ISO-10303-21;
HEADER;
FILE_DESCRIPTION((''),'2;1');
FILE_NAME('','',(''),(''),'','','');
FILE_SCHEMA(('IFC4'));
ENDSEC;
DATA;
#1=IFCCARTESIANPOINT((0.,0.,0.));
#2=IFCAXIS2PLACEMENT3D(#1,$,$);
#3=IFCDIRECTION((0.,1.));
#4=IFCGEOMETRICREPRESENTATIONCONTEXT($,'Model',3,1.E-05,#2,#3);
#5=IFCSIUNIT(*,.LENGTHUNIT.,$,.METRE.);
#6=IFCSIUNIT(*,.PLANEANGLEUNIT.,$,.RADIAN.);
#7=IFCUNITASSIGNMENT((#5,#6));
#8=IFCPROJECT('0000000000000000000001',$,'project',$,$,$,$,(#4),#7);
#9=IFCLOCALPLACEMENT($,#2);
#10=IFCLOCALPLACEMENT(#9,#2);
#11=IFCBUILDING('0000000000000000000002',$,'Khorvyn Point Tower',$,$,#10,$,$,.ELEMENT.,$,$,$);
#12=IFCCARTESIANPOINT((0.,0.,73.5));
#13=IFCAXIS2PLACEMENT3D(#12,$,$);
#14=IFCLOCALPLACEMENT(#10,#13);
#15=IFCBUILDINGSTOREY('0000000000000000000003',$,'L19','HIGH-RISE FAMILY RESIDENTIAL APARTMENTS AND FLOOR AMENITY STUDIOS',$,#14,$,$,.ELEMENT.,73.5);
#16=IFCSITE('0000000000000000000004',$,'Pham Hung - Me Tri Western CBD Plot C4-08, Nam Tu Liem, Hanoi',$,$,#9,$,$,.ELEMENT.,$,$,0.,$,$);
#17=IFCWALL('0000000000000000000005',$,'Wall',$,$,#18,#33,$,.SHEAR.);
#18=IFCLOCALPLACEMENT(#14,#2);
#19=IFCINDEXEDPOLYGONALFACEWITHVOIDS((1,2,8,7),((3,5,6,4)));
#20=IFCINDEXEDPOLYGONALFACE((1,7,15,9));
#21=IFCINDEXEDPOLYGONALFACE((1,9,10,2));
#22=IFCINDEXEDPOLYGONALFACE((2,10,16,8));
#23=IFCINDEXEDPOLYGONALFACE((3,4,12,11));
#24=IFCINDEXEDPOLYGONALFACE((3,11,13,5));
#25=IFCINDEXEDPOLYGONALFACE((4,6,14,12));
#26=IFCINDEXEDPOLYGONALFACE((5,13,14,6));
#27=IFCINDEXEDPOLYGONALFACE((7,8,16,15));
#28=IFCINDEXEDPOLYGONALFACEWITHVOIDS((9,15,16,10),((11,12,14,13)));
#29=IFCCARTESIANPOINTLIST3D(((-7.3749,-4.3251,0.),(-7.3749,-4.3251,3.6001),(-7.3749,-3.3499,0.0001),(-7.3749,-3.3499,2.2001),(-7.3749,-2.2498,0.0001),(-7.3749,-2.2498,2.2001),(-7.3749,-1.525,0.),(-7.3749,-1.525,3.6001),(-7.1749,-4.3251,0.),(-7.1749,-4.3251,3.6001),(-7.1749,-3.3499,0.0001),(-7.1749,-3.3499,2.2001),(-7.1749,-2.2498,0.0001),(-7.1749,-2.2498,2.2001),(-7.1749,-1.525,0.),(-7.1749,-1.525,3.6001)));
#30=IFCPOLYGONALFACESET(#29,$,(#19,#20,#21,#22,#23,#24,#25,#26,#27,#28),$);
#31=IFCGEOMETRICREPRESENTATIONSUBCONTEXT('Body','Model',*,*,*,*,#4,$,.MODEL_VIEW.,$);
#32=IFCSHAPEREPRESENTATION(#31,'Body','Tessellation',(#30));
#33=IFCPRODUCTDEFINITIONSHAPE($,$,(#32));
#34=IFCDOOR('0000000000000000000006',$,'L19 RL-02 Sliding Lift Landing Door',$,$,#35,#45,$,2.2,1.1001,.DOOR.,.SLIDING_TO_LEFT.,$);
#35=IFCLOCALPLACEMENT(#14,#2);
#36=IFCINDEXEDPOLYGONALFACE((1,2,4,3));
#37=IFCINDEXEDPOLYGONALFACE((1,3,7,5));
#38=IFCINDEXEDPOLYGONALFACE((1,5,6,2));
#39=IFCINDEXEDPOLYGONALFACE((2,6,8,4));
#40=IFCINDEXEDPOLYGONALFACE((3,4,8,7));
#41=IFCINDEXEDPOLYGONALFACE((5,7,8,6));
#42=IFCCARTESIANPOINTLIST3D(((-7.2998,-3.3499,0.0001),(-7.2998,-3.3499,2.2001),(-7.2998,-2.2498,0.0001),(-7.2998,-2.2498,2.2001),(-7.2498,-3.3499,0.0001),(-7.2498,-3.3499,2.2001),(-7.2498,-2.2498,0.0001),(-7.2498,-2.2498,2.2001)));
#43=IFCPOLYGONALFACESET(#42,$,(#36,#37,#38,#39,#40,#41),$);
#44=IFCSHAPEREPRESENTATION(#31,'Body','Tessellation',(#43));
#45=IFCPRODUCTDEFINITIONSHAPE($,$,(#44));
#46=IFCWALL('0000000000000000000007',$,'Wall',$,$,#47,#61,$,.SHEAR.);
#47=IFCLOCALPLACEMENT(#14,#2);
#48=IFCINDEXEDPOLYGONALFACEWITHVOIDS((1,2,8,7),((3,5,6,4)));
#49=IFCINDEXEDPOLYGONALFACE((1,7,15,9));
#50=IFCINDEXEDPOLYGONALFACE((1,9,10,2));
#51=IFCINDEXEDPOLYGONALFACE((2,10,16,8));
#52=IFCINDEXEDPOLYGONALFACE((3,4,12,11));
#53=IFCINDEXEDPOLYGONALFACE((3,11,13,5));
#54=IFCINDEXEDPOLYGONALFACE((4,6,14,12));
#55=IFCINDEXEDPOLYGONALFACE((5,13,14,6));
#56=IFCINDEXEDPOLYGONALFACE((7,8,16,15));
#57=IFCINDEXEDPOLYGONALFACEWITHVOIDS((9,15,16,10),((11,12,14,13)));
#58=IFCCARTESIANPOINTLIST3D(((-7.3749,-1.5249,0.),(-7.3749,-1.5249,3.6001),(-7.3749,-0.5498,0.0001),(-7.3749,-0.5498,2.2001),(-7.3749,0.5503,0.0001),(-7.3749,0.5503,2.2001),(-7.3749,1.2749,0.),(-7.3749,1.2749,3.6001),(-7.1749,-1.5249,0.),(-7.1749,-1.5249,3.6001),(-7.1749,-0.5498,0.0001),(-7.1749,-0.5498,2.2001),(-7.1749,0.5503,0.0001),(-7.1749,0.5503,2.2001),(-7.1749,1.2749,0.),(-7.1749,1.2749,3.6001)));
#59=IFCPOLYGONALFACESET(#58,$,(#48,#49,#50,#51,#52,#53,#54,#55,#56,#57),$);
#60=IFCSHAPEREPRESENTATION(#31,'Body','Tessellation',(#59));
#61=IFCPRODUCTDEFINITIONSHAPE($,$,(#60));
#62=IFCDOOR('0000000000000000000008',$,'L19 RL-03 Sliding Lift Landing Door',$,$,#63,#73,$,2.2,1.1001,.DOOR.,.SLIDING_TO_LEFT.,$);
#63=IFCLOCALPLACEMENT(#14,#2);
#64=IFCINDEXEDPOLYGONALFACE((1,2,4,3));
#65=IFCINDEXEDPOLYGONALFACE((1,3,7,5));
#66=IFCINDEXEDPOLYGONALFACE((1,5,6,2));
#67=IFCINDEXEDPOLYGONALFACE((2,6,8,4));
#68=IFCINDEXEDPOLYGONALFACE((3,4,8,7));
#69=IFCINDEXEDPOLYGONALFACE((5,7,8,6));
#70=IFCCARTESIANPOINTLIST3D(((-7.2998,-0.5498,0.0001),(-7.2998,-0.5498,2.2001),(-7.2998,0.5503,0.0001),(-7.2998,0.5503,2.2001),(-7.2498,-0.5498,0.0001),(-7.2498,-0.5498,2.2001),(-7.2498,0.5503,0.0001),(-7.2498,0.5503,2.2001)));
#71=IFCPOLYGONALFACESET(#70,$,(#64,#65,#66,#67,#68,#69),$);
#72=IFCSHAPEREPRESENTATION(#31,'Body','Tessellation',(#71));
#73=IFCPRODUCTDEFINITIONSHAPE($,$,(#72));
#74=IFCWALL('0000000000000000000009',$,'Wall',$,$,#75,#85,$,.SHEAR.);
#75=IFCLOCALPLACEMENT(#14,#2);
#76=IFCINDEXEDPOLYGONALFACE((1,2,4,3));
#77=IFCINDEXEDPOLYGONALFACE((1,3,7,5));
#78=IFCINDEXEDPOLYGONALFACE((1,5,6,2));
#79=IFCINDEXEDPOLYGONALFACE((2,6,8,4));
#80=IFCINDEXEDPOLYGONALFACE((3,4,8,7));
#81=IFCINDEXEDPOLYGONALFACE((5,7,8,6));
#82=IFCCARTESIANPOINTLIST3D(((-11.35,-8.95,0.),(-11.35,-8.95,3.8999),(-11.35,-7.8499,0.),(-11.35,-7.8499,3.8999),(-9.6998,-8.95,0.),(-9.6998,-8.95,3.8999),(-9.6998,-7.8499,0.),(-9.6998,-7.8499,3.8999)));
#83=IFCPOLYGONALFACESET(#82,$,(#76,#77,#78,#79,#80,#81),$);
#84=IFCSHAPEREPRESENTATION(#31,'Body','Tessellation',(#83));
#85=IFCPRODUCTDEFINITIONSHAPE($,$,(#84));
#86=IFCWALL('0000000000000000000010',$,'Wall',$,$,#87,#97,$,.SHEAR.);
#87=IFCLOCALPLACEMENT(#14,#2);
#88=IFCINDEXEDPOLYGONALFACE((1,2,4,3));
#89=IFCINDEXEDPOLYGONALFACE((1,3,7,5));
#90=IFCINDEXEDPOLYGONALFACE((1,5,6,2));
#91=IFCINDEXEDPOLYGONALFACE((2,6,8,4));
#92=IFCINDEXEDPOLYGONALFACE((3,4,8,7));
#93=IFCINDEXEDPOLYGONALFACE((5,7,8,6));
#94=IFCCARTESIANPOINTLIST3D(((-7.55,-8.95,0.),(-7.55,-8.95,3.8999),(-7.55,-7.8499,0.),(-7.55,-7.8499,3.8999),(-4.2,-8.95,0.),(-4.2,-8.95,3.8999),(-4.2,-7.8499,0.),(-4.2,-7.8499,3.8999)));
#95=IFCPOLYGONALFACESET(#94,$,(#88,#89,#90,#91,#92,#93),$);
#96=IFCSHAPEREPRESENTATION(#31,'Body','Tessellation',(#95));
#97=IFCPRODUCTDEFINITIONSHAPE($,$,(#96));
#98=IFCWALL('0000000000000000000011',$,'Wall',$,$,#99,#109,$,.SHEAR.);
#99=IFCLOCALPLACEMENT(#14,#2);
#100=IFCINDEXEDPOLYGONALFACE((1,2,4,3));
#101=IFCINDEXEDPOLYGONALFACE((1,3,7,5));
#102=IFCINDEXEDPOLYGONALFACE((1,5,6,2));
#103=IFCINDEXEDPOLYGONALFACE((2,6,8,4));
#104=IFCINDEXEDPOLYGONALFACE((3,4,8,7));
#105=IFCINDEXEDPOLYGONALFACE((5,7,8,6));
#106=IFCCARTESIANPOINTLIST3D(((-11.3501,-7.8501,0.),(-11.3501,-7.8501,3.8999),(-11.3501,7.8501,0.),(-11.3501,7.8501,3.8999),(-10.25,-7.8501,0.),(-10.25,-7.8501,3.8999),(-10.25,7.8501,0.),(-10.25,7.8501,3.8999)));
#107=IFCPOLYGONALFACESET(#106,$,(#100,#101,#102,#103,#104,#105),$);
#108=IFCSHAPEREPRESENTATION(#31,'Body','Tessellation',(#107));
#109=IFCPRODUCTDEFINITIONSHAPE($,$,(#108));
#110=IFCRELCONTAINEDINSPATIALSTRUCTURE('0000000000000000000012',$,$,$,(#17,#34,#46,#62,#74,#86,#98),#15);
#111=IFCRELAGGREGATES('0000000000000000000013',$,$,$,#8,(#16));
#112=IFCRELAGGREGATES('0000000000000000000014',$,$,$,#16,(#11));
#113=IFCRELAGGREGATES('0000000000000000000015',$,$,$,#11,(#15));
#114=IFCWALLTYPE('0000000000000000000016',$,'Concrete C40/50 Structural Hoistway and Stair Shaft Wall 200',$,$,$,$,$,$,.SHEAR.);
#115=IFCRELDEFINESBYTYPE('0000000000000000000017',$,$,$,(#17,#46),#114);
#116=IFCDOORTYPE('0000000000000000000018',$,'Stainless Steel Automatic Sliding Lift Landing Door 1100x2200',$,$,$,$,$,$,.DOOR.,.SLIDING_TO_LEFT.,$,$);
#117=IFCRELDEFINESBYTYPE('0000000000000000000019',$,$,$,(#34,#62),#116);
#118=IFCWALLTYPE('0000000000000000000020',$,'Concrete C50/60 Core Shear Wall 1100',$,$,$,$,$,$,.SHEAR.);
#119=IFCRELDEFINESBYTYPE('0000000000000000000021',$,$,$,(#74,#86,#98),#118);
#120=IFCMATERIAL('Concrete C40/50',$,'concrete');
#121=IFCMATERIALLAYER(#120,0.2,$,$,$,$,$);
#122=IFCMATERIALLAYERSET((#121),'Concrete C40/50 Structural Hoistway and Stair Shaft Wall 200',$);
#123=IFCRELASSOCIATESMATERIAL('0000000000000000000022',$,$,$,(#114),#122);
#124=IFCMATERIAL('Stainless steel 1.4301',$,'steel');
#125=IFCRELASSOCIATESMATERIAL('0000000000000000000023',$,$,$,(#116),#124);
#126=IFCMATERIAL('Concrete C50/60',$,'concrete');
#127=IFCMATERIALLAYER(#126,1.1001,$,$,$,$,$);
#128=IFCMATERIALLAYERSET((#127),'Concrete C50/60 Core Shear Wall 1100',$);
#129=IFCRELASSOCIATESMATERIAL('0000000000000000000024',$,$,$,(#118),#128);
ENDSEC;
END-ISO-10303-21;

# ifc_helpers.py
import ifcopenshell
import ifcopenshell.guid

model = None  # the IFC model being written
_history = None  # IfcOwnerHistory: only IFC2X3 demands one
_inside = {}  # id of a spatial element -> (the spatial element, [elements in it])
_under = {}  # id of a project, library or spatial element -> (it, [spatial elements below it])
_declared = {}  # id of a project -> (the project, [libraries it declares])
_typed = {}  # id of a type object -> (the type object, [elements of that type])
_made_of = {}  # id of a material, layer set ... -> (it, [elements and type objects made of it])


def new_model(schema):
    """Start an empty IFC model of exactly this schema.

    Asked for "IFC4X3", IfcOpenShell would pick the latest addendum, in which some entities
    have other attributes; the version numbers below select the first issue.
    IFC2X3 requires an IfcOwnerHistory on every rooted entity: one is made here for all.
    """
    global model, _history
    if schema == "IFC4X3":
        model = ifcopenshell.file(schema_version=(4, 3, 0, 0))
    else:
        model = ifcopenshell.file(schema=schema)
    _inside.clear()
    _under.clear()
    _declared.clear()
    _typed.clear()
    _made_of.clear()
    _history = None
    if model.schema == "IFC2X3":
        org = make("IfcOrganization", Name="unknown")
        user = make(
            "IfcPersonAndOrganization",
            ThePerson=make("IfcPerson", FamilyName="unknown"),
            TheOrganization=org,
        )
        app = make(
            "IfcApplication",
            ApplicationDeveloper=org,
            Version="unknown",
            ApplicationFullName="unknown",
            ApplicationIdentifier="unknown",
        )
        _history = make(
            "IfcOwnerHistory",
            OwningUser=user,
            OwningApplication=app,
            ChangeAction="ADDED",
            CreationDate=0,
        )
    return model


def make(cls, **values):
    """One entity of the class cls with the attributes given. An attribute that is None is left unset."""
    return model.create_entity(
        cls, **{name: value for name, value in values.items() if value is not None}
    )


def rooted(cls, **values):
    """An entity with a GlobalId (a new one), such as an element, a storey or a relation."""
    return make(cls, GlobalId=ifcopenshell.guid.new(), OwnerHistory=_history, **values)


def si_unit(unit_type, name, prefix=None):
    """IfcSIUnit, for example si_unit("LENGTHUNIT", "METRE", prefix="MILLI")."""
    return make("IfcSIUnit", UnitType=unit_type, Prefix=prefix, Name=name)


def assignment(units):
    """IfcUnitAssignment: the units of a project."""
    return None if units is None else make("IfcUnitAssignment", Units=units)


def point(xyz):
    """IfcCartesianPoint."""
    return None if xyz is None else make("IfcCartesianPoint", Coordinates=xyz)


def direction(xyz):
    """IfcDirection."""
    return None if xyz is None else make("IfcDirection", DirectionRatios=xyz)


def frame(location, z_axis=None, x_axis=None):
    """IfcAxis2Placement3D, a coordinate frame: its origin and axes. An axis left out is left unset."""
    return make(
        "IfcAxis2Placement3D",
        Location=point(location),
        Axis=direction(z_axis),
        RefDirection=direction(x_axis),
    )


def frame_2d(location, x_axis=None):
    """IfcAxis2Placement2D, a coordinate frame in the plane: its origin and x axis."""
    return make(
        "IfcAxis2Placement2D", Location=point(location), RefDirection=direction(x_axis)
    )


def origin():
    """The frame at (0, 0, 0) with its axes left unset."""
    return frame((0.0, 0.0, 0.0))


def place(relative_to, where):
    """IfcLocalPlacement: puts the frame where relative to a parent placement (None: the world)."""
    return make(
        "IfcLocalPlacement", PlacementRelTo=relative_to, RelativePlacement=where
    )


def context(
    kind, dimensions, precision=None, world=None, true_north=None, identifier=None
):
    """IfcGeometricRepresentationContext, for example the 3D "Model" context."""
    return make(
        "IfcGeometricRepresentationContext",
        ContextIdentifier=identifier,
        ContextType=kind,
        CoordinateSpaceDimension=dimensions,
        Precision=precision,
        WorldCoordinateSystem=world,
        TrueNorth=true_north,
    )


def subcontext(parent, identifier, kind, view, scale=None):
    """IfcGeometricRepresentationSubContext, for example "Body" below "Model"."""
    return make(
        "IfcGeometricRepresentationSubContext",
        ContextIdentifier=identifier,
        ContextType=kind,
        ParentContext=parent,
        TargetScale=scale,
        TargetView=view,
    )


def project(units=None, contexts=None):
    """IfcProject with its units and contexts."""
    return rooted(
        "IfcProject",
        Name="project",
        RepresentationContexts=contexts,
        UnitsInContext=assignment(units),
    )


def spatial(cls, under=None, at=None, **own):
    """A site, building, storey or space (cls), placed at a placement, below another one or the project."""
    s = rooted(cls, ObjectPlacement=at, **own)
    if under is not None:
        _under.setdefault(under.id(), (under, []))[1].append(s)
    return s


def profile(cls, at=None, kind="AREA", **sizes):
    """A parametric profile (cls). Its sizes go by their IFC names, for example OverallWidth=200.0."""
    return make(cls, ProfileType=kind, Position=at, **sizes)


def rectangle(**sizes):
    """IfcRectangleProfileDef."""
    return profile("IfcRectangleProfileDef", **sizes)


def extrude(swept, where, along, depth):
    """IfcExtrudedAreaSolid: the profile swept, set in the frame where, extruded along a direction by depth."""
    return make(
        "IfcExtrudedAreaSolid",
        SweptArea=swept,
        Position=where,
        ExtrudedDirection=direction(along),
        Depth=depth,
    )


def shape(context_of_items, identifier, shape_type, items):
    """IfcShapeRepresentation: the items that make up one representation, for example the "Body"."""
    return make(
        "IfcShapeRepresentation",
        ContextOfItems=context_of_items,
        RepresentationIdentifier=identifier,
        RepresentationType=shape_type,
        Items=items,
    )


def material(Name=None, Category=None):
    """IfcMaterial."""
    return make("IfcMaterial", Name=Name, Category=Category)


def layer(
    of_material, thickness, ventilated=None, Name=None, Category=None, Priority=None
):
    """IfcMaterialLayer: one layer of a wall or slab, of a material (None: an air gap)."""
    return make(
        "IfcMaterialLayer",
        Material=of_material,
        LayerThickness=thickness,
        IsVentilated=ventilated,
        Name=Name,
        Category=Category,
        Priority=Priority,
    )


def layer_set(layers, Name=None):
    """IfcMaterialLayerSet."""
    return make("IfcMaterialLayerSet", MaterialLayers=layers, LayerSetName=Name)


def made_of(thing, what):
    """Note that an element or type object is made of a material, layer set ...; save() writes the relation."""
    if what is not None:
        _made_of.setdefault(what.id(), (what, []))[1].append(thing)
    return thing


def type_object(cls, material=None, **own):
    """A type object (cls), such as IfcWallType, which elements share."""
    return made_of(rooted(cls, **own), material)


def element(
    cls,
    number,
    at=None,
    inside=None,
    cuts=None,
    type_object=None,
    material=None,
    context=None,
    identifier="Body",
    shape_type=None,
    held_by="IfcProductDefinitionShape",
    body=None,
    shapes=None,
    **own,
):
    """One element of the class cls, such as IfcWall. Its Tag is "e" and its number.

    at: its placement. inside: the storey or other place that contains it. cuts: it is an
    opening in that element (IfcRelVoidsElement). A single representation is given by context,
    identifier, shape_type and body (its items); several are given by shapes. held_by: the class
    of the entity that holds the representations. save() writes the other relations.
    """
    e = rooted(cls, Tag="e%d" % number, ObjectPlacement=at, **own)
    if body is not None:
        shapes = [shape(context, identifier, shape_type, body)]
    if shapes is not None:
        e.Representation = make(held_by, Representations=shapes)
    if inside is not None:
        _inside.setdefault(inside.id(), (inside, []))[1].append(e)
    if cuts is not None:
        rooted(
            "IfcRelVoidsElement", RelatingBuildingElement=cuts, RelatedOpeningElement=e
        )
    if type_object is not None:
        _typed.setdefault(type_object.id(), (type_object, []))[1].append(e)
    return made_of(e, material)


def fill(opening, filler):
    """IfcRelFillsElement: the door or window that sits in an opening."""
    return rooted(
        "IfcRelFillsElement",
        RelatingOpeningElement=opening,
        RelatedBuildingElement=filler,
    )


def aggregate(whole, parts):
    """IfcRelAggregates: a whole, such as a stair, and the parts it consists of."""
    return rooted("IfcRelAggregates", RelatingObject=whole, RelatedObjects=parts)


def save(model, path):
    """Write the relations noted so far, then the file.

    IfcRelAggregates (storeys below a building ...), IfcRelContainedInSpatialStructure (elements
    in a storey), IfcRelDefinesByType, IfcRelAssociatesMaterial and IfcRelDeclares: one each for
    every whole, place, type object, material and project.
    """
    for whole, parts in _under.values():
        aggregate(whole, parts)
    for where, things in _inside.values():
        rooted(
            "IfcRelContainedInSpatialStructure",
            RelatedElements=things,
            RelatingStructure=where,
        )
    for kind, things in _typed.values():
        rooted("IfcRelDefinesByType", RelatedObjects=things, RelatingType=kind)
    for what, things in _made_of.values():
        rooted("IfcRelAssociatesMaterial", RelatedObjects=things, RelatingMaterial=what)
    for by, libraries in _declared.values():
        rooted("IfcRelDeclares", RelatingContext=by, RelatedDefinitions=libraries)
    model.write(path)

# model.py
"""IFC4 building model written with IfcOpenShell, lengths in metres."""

from ifc_helpers import new_model, si_unit, direction, frame, frame_2d, origin, place, context, subcontext, project, spatial, rectangle, extrude, material, layer, layer_set, type_object, element, fill, save


model = new_model("IFC4")

# Units and contexts
model_context = context("Model", 3, precision=1e-05, world=origin(), true_north=direction((0.0, 1.0)))
body_context = subcontext(model_context, "Body", "Model", "MODEL_VIEW")
ifc_project = project(units=[si_unit("LENGTHUNIT", "METRE"), si_unit("PLANEANGLEUNIT", "RADIAN")], contexts=[model_context])

# Site, building, storey
site_placement = place(None, origin())
site = spatial("IfcSite", under=ifc_project, at=site_placement, Name="Pham Hung - Me Tri Western CBD Plot C4-08, Nam Tu Liem, Hanoi", CompositionType="ELEMENT", RefElevation=0.0)
building_placement = place(site_placement, origin())
building = spatial("IfcBuilding", under=site, at=building_placement, Name="Khorvyn Point Tower", CompositionType="ELEMENT")
storey_placement = place(building_placement, frame((0.0, 0.0, 73.5)))
storey = spatial("IfcBuildingStorey", under=building, at=storey_placement, Name="L19", Description="HIGH-RISE FAMILY RESIDENTIAL APARTMENTS AND FLOOR AMENITY STUDIOS", CompositionType="ELEMENT", Elevation=73.5)

# Shared definitions
ifc_material_1 = material(Name="Concrete C50/60", Category="concrete")

# Shared definitions
ifc_material_2 = material(Name="Concrete C40/50", Category="concrete")
ifc_layer_1 = layer(ifc_material_2, 0.2)
ifc_layer_set_1 = layer_set([ifc_layer_1], Name="Concrete C40/50 Structural Hoistway and Stair Shaft Wall 200")
wall_type_1 = type_object("IfcWallType", Name="Concrete C40/50 Structural Hoistway and Stair Shaft Wall 200", PredefinedType="SHEAR", material=ifc_layer_set_1)
ifc_material_3 = material(Name="Stainless steel 1.4301", Category="steel")
door_type_1 = type_object("IfcDoorType", Name="Stainless Steel Automatic Sliding Lift Landing Door 1100x2200", OperationType="SLIDING_TO_LEFT", PredefinedType="DOOR", material=ifc_material_3)

# Walls, openings, doors
wall_1_placement = place(storey_placement, frame((-7.2749, -4.325, 0.0), z_axis=(0.0, 0.0, 1.0), x_axis=(0.0, 1.0, 0.0)))
wall_1 = element("IfcWall", 1, at=wall_1_placement, inside=storey, type_object=wall_type_1, Name="Wall", PredefinedType="SHEAR", context=body_context, shape_type="SweptSolid", body=[
    extrude(rectangle(XDim=2.8, YDim=0.2, at=frame_2d((1.3999, 0.0))), origin(), (0.0, 0.0, 1.0), 3.6001),
])
opening_1_placement = place(wall_1_placement, frame((0.9751, 0.0, 0.0)))
opening_1 = element("IfcOpeningElement", 2, at=opening_1_placement, cuts=wall_1, PredefinedType="OPENING", context=body_context, shape_type="SweptSolid", body=[
    extrude(rectangle(XDim=1.1001, YDim=2.2, at=frame_2d((0.55, 1.1001))), frame((0.0, 0.1099, 0.0), z_axis=(0.0, -1.0, 0.0), x_axis=(1.0, 0.0, 0.0)), (0.0, 0.0, 1.0), 0.22),
])
door_1_placement = place(opening_1_placement, origin())
door_1 = element("IfcDoor", 3, at=door_1_placement, inside=storey, type_object=door_type_1, Name="L19 RL-02 Sliding Lift Landing Door", OperationType="SLIDING_TO_LEFT", OverallHeight=2.2, OverallWidth=1.1001, PredefinedType="DOOR", context=body_context, shape_type="SweptSolid", body=[
    extrude(rectangle(XDim=1.1001, YDim=2.2, at=frame_2d((0.55, 1.1001))), frame((0.0, 0.0249, 0.0), z_axis=(0.0, -1.0, 0.0), x_axis=(1.0, 0.0, 0.0)), (0.0, 0.0, 1.0), 0.05),
])
fill(opening_1, door_1)
wall_2_placement = place(storey_placement, frame((-7.2749, -1.5249, 0.0), z_axis=(0.0, 0.0, 1.0), x_axis=(0.0, 1.0, 0.0)))
wall_2 = element("IfcWall", 4, at=wall_2_placement, inside=storey, type_object=wall_type_1, Name="Wall", PredefinedType="SHEAR", context=body_context, shape_type="SweptSolid", body=[
    extrude(rectangle(XDim=2.7998, YDim=0.2, at=frame_2d((1.3999, 0.0))), origin(), (0.0, 0.0, 1.0), 3.6001),
])
opening_2_placement = place(wall_2_placement, frame((0.9751, 0.0, 0.0)))
opening_2 = element("IfcOpeningElement", 5, at=opening_2_placement, cuts=wall_2, PredefinedType="OPENING", context=body_context, shape_type="SweptSolid", body=[
    extrude(rectangle(XDim=1.1001, YDim=2.2, at=frame_2d((0.55, 1.1001))), frame((0.0, 0.1099, 0.0), z_axis=(0.0, -1.0, 0.0), x_axis=(1.0, 0.0, 0.0)), (0.0, 0.0, 1.0), 0.22),
])
door_2_placement = place(opening_2_placement, origin())
door_2 = element("IfcDoor", 6, at=door_2_placement, inside=storey, type_object=door_type_1, Name="L19 RL-03 Sliding Lift Landing Door", OperationType="SLIDING_TO_LEFT", OverallHeight=2.2, OverallWidth=1.1001, PredefinedType="DOOR", context=body_context, shape_type="SweptSolid", body=[
    extrude(rectangle(XDim=1.1001, YDim=2.2, at=frame_2d((0.55, 1.1001))), frame((0.0, 0.0249, 0.0), z_axis=(0.0, -1.0, 0.0), x_axis=(1.0, 0.0, 0.0)), (0.0, 0.0, 1.0), 0.05),
])
fill(opening_2, door_2)

# Walls
ifc_layer_2 = layer(ifc_material_1, 1.1001)
ifc_layer_set_2 = layer_set([ifc_layer_2], Name="Concrete C50/60 Core Shear Wall 1100")
wall_type_2 = type_object("IfcWallType", Name="Concrete C50/60 Core Shear Wall 1100", PredefinedType="SHEAR", material=ifc_layer_set_2)
wall_3_placement = place(storey_placement, frame((-11.3501, -8.3999, 0.0), z_axis=(0.0, 0.0, 1.0), x_axis=(1.0, 0.0, 0.0)))
element("IfcWall", 7, at=wall_3_placement, inside=storey, type_object=wall_type_2, Name="Wall", PredefinedType="SHEAR", context=body_context, shape_type="SweptSolid", body=[
    extrude(rectangle(XDim=1.6501, YDim=1.1001, at=frame_2d((0.8252, 0.0))), origin(), (0.0, 0.0, 1.0), 3.8999),
])
wall_4_placement = place(storey_placement, frame((-7.55, -8.3999, 0.0), z_axis=(0.0, 0.0, 1.0), x_axis=(1.0, 0.0, 0.0)))
element("IfcWall", 8, at=wall_4_placement, inside=storey, type_object=wall_type_2, Name="Wall", PredefinedType="SHEAR", context=body_context, shape_type="SweptSolid", body=[
    extrude(rectangle(XDim=3.3501, YDim=1.1001, at=frame_2d((1.675, 0.0))), origin(), (0.0, 0.0, 1.0), 3.8999),
])
wall_5_placement = place(storey_placement, frame((-10.8, -7.8501, 0.0), z_axis=(0.0, 0.0, 1.0), x_axis=(0.0, 1.0, 0.0)))
element("IfcWall", 9, at=wall_5_placement, inside=storey, type_object=wall_type_2, Name="Wall", PredefinedType="SHEAR", context=body_context, shape_type="SweptSolid", body=[
    extrude(rectangle(XDim=15.7002, YDim=1.1001, at=frame_2d((7.8501, 0.0))), origin(), (0.0, 0.0, 1.0), 3.8999),
])

save(model, "model.ifc")
